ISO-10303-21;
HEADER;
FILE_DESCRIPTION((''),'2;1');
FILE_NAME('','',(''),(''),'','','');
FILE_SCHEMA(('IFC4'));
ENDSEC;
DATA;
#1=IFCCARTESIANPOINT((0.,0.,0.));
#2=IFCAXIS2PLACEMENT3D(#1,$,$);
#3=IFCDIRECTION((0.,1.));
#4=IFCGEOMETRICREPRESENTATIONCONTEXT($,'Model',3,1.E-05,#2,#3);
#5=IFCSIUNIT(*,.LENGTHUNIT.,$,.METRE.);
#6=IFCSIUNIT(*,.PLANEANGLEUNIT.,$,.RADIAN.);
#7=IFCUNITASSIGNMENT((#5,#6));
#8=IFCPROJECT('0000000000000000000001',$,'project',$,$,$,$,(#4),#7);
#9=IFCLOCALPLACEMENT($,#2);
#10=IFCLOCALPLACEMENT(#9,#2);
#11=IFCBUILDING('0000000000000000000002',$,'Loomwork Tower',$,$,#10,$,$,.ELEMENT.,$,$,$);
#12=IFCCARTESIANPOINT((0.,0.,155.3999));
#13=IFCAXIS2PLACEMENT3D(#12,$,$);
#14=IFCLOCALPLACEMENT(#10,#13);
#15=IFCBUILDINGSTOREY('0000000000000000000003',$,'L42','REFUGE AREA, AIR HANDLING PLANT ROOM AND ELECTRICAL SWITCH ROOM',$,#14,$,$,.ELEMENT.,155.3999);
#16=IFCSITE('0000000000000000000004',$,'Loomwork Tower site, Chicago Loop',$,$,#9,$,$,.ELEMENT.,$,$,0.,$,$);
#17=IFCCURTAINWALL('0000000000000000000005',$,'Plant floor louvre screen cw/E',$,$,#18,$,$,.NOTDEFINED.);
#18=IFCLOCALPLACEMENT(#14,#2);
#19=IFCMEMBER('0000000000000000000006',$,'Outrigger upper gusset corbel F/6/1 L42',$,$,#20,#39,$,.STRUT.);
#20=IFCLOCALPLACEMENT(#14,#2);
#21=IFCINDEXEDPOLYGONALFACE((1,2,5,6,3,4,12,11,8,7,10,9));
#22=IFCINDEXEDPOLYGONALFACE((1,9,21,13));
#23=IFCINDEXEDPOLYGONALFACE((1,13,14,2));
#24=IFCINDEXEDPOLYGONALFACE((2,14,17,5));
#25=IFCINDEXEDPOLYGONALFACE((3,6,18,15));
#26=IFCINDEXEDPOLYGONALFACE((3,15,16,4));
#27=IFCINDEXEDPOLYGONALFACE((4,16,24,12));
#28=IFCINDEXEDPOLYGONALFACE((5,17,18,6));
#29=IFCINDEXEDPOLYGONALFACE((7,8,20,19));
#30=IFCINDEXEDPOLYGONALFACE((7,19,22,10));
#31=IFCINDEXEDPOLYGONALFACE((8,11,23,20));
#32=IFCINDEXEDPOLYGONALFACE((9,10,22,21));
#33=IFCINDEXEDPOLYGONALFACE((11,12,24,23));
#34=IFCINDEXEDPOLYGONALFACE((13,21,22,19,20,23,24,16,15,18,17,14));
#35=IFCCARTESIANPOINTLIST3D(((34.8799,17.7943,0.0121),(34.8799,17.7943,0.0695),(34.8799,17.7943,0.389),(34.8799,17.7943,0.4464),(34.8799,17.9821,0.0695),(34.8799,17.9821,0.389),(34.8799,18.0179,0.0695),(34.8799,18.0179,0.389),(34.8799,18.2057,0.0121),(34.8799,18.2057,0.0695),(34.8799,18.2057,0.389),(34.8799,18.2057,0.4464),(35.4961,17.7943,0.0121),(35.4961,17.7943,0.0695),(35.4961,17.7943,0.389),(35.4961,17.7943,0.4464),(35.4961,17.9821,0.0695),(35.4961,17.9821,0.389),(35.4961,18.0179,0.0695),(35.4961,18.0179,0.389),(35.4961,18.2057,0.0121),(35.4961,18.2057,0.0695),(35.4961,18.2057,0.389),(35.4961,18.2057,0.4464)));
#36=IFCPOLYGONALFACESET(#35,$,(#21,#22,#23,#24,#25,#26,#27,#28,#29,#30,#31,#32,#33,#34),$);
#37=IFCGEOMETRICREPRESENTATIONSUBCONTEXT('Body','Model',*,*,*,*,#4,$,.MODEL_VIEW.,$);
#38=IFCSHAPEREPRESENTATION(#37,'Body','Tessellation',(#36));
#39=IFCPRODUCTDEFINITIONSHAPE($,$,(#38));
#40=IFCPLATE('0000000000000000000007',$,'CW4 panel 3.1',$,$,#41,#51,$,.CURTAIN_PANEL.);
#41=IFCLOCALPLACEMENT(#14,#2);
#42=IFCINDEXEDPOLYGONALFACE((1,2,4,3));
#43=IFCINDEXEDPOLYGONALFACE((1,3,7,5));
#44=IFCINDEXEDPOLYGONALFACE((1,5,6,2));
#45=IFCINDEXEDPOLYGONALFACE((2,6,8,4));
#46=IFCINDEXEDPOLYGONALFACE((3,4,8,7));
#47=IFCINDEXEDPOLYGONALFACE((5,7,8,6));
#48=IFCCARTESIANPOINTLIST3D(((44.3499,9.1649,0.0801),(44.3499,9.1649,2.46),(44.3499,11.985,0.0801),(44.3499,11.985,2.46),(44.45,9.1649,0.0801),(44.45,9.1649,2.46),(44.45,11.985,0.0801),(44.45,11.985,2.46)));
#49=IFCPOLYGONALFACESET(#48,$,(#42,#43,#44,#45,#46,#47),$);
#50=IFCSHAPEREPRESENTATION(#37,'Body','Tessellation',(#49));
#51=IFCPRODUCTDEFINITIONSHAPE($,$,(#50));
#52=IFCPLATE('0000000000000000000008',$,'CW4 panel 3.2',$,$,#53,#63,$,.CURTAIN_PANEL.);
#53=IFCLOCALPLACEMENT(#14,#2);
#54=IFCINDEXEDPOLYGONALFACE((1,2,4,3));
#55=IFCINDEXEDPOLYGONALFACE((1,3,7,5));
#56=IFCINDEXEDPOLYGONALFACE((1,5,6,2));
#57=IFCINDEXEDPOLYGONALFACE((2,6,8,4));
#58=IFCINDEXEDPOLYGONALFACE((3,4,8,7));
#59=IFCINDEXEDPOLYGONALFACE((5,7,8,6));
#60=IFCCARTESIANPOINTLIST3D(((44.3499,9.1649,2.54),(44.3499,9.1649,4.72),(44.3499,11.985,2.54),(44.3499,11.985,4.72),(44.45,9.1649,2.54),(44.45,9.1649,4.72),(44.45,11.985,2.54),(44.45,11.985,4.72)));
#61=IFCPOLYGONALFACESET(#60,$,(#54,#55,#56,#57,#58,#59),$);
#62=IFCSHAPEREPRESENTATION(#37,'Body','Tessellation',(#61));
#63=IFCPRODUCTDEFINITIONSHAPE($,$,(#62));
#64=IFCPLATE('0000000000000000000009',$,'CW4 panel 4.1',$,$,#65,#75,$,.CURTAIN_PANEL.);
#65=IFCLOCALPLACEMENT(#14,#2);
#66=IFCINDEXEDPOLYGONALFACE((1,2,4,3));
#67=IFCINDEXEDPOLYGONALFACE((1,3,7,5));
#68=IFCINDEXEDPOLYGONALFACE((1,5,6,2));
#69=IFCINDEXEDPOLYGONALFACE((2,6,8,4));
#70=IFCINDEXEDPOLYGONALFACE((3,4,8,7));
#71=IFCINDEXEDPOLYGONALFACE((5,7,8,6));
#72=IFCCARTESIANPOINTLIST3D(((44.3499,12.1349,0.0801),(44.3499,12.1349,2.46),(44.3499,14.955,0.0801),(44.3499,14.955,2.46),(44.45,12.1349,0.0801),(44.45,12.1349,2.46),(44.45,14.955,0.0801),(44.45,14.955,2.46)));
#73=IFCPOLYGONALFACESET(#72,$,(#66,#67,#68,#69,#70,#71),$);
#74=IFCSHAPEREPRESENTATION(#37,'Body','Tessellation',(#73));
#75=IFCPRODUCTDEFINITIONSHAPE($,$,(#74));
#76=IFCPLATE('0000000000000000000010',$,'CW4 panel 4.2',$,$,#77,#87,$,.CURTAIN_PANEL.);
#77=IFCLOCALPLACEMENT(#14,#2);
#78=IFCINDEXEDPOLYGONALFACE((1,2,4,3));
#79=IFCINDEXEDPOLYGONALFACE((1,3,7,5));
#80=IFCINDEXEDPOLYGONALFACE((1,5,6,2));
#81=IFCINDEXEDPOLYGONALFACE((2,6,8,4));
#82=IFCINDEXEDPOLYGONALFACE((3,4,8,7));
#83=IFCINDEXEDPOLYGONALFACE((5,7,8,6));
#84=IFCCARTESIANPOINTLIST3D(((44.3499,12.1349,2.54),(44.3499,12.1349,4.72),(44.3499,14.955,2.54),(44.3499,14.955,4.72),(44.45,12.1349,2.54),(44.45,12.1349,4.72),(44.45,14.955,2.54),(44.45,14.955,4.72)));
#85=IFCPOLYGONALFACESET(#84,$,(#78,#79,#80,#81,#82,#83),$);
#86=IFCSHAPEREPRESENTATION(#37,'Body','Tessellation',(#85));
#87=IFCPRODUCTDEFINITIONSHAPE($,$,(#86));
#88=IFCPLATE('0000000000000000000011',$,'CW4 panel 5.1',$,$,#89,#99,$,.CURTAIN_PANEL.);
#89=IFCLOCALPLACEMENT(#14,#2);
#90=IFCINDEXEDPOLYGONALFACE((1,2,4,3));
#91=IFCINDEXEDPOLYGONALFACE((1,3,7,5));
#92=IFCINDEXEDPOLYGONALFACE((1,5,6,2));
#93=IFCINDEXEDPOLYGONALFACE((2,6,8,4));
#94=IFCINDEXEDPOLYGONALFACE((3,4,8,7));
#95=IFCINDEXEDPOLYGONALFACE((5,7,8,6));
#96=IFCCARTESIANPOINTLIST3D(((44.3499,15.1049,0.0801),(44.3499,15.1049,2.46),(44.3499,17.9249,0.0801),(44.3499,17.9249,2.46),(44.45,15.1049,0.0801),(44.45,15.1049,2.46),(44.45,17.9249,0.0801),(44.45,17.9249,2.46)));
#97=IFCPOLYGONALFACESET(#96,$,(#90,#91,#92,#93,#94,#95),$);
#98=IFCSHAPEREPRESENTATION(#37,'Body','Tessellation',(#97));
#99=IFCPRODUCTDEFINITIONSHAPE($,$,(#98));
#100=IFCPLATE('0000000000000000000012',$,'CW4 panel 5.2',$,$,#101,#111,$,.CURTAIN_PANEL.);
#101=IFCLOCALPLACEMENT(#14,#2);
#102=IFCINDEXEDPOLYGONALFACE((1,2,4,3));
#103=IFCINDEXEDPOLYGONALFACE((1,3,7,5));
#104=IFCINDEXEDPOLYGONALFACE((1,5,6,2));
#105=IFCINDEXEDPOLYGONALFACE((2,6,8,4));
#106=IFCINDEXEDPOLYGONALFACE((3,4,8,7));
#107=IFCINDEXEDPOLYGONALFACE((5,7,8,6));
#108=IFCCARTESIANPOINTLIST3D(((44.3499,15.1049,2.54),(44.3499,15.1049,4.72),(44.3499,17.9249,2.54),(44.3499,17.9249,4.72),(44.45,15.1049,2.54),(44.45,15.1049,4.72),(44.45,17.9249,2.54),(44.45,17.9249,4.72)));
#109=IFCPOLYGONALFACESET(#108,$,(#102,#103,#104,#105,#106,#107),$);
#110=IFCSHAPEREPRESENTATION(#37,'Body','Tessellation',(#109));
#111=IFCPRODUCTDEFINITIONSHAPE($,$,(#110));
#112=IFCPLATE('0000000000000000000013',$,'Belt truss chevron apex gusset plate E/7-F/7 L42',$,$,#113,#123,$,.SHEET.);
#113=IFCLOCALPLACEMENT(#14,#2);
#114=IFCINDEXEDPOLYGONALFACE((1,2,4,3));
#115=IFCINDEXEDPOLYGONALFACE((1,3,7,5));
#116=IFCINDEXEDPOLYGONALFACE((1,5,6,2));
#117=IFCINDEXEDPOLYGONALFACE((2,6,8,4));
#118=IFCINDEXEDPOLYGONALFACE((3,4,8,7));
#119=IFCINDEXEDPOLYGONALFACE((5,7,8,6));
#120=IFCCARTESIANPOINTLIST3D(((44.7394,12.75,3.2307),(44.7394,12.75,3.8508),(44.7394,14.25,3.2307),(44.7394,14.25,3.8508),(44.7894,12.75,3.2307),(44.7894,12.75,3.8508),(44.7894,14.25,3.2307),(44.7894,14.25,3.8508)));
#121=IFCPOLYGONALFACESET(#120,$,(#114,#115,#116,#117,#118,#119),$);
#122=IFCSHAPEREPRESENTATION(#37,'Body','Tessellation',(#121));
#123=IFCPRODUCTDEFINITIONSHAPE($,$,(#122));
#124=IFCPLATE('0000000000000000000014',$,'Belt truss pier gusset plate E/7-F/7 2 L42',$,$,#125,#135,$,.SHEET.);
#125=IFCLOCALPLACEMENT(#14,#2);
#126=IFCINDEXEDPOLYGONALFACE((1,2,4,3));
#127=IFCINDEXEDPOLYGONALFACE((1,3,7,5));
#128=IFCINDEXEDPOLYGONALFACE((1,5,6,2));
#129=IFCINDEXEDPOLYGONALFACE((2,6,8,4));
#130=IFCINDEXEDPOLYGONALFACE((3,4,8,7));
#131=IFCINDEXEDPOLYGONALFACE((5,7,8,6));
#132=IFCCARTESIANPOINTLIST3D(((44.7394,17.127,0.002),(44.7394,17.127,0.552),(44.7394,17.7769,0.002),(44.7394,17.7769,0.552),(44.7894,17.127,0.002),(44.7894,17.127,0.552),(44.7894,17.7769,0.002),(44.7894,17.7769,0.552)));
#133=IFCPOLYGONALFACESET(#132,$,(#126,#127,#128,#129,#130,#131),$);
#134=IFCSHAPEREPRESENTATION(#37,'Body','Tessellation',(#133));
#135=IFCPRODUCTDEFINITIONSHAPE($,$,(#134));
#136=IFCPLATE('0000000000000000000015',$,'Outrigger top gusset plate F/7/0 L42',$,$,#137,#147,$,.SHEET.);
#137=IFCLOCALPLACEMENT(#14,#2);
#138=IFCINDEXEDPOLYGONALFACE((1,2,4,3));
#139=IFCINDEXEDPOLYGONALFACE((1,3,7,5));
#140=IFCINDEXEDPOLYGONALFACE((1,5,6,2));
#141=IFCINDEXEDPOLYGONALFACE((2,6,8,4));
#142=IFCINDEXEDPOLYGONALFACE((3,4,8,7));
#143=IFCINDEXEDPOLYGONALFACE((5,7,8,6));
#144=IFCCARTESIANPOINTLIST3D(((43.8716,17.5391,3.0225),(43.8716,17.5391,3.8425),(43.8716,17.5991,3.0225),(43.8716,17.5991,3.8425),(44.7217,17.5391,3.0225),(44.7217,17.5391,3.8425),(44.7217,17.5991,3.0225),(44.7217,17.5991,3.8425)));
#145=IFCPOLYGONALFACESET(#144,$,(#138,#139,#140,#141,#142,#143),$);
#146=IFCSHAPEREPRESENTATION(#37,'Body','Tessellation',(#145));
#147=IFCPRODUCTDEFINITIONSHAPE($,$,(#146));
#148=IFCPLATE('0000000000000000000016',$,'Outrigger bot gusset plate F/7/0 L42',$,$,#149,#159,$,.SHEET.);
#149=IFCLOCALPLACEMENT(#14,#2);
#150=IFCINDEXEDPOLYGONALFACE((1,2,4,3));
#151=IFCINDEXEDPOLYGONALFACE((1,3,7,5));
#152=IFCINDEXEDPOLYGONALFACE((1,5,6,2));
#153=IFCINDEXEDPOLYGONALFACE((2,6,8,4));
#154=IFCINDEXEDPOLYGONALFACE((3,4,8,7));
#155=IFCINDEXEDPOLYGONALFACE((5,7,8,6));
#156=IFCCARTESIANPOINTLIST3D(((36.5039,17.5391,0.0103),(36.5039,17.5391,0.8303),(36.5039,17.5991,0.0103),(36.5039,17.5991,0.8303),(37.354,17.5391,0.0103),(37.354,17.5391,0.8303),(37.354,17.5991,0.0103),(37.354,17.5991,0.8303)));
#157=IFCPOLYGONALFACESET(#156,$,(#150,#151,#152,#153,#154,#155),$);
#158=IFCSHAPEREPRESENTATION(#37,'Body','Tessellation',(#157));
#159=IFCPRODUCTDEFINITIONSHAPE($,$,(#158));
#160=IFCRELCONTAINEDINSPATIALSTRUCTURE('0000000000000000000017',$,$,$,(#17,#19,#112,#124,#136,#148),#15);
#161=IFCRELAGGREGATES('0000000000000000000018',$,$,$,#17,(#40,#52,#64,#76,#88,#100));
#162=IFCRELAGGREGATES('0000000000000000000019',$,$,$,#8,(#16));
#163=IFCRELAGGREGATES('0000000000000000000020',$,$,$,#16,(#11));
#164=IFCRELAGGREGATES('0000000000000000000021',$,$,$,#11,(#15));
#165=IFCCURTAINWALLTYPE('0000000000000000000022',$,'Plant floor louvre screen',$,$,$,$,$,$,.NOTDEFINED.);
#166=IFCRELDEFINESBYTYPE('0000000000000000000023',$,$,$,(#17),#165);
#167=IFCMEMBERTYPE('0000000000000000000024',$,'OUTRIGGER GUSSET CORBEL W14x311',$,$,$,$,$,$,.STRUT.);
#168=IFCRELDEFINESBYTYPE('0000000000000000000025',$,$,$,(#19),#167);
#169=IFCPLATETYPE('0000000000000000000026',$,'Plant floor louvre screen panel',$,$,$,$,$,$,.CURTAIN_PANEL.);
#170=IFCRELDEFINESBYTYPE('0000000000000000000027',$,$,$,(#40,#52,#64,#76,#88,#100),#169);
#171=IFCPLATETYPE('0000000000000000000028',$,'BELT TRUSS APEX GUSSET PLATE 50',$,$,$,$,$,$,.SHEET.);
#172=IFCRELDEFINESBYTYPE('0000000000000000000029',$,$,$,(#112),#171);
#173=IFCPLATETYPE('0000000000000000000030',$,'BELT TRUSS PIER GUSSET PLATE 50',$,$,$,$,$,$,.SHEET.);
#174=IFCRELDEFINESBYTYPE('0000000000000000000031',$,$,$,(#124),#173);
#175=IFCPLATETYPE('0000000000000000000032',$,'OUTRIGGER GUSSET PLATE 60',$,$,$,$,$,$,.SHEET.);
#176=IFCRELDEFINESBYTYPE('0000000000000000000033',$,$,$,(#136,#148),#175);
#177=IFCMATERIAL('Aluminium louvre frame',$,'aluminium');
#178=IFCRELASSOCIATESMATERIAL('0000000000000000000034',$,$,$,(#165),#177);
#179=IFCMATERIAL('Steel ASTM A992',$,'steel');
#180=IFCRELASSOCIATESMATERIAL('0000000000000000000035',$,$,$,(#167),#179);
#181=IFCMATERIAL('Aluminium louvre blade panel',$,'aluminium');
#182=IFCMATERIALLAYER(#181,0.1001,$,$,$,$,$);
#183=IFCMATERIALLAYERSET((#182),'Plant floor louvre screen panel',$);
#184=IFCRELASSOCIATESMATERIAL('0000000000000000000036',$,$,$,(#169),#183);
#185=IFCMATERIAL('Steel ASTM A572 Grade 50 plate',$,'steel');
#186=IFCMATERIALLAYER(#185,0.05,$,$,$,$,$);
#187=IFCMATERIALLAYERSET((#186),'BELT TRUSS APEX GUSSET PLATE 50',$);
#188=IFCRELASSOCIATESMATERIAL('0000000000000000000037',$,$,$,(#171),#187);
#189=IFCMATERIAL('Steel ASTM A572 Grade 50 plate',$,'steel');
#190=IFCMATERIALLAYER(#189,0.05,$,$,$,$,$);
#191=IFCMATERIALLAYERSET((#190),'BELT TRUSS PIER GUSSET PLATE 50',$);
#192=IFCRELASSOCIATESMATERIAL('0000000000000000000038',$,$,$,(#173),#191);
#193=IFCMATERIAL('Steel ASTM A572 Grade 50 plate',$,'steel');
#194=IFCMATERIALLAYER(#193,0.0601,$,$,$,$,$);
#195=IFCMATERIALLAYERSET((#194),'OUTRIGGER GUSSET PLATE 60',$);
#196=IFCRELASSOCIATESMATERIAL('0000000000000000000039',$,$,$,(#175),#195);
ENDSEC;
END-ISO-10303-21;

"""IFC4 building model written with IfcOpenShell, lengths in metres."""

from ifc_helpers import new_model, si_unit, direction, frame, origin, origin_2d, place, context, subcontext, project, spatial, rectangle, i_section, extrude, material, layer, layer_set, material_profile, profile_set, type_object, element, aggregate, save


model = new_model("IFC4")

# Units and contexts
model_context = context("Model", 3, precision=1e-05, world=origin(), true_north=direction((0.0, 1.0)))
body_context = subcontext(model_context, "Body", "Model", "MODEL_VIEW")
ifc_project = project(units=[si_unit("LENGTHUNIT", "METRE"), si_unit("PLANEANGLEUNIT", "RADIAN")], contexts=[model_context])

# Site, building, storey
site_placement = place(None, origin())
site = spatial("IfcSite", under=ifc_project, at=site_placement, Name="Loomwork Tower site, Chicago Loop", CompositionType="ELEMENT", RefElevation=0.0)
building_placement = place(site_placement, origin())
building = spatial("IfcBuilding", under=site, at=building_placement, Name="Loomwork Tower", CompositionType="ELEMENT")
storey_placement = place(building_placement, frame((0.0, 0.0, 155.3999)))
storey = spatial("IfcBuildingStorey", under=building, at=storey_placement, Name="L42", Description="REFUGE AREA, AIR HANDLING PLANT ROOM AND ELECTRICAL SWITCH ROOM", CompositionType="ELEMENT", Elevation=155.3999)

# Curtain wall
ifc_material_1 = material(Name="Aluminium louvre frame", Category="aluminium")
curtain_wall_type = type_object("IfcCurtainWallType", Name="Plant floor louvre screen", PredefinedType="NOTDEFINED", material=ifc_material_1)
curtain_wall_placement = place(storey_placement, origin())
curtain_wall = element("IfcCurtainWall", 1, at=curtain_wall_placement, inside=storey, type_object=curtain_wall_type, Name="Plant floor louvre screen cw/E", PredefinedType="NOTDEFINED")

# Member
ifc_material_2 = material(Name="Steel ASTM A992", Category="steel")
ifc_material_profile_1 = material_profile(ifc_material_2, i_section(OverallWidth=0.4114, OverallDepth=0.4343, WebThickness=0.0359, FlangeThickness=0.0574, at=origin_2d()), Name="W14x311")
ifc_profile_set_1 = profile_set([ifc_material_profile_1], Name="Steel ASTM A992")
member_type_1 = type_object("IfcMemberType", Name="OUTRIGGER GUSSET CORBEL W14x311", PredefinedType="STRUT", material=ifc_profile_set_1)
member_1_placement = place(storey_placement, frame((35.4961, 18.0, 0.2292), z_axis=(-1.0, 0.0, 0.0), x_axis=(0.0, -1.0, 0.0)))
element("IfcMember", 2, at=member_1_placement, inside=storey, type_object=member_type_1, Name="Outrigger upper gusset corbel F/6/1 L42", PredefinedType="STRUT", context=body_context, shape_type="SweptSolid", body=[
    extrude(i_section(OverallWidth=0.4114, OverallDepth=0.4343, WebThickness=0.0359, FlangeThickness=0.0574, at=origin_2d()), origin(), (0.0, 0.0, 1.0), 0.6162),
])

# Plates
ifc_material_3 = material(Name="Aluminium louvre blade panel", Category="aluminium")
ifc_layer_1 = layer(ifc_material_3, 0.1001)
ifc_layer_set_1 = layer_set([ifc_layer_1], Name="Plant floor louvre screen panel")
plate_type_1 = type_object("IfcPlateType", Name="Plant floor louvre screen panel", PredefinedType="CURTAIN_PANEL", material=ifc_layer_set_1)
plate_1_placement = place(storey_placement, frame((44.3999, 10.575, 0.0801), z_axis=(0.0, 0.0, 1.0), x_axis=(0.0, 1.0, 0.0)))
plate_1 = element("IfcPlate", 3, at=plate_1_placement, type_object=plate_type_1, Name="CW4 panel 3.1", PredefinedType="CURTAIN_PANEL", context=body_context, shape_type="SweptSolid", body=[
    extrude(rectangle(XDim=2.8201, YDim=0.1001, at=origin_2d()), origin(), (0.0, 0.0, 1.0), 2.3799),
])
plate_2_placement = place(storey_placement, frame((44.3999, 10.575, 2.54), z_axis=(0.0, 0.0, 1.0), x_axis=(0.0, 1.0, 0.0)))
plate_2 = element("IfcPlate", 4, at=plate_2_placement, type_object=plate_type_1, Name="CW4 panel 3.2", PredefinedType="CURTAIN_PANEL", context=body_context, shape_type="SweptSolid", body=[
    extrude(rectangle(XDim=2.8201, YDim=0.1001, at=origin_2d()), origin(), (0.0, 0.0, 1.0), 2.1799),
])
plate_3_placement = place(storey_placement, frame((44.3999, 13.5449, 0.0801), z_axis=(0.0, 0.0, 1.0), x_axis=(0.0, 1.0, 0.0)))
plate_3 = element("IfcPlate", 5, at=plate_3_placement, type_object=plate_type_1, Name="CW4 panel 4.1", PredefinedType="CURTAIN_PANEL", context=body_context, shape_type="SweptSolid", body=[
    extrude(rectangle(XDim=2.8201, YDim=0.1001, at=origin_2d()), origin(), (0.0, 0.0, 1.0), 2.3799),
])
plate_4_placement = place(storey_placement, frame((44.3999, 13.5449, 2.54), z_axis=(0.0, 0.0, 1.0), x_axis=(0.0, 1.0, 0.0)))
plate_4 = element("IfcPlate", 6, at=plate_4_placement, type_object=plate_type_1, Name="CW4 panel 4.2", PredefinedType="CURTAIN_PANEL", context=body_context, shape_type="SweptSolid", body=[
    extrude(rectangle(XDim=2.8201, YDim=0.1001, at=origin_2d()), origin(), (0.0, 0.0, 1.0), 2.1799),
])
plate_5_placement = place(storey_placement, frame((44.3999, 16.5149, 0.0801), z_axis=(0.0, 0.0, 1.0), x_axis=(0.0, 1.0, 0.0)))
plate_5 = element("IfcPlate", 7, at=plate_5_placement, type_object=plate_type_1, Name="CW4 panel 5.1", PredefinedType="CURTAIN_PANEL", context=body_context, shape_type="SweptSolid", body=[
    extrude(rectangle(XDim=2.8201, YDim=0.1001, at=origin_2d()), origin(), (0.0, 0.0, 1.0), 2.3799),
])
plate_6_placement = place(storey_placement, frame((44.3999, 16.5149, 2.54), z_axis=(0.0, 0.0, 1.0), x_axis=(0.0, 1.0, 0.0)))
plate_6 = element("IfcPlate", 8, at=plate_6_placement, type_object=plate_type_1, Name="CW4 panel 5.2", PredefinedType="CURTAIN_PANEL", context=body_context, shape_type="SweptSolid", body=[
    extrude(rectangle(XDim=2.8201, YDim=0.1001, at=origin_2d()), origin(), (0.0, 0.0, 1.0), 2.1799),
])
aggregate(curtain_wall, [plate_1, plate_2, plate_3, plate_4, plate_5, plate_6])

# Plates
ifc_material_4 = material(Name="Steel ASTM A572 Grade 50 plate", Category="steel")
ifc_layer_2 = layer(ifc_material_4, 0.05)
ifc_layer_set_2 = layer_set([ifc_layer_2], Name="BELT TRUSS APEX GUSSET PLATE 50")
plate_type_2 = type_object("IfcPlateType", Name="BELT TRUSS APEX GUSSET PLATE 50", PredefinedType="SHEET", material=ifc_layer_set_2)
plate_7_placement = place(storey_placement, frame((44.7644, 13.5, 3.2307), z_axis=(0.0, 0.0, 1.0), x_axis=(0.0, 1.0, 0.0)))
element("IfcPlate", 9, at=plate_7_placement, inside=storey, type_object=plate_type_2, Name="Belt truss chevron apex gusset plate E/7-F/7 L42", PredefinedType="SHEET", context=body_context, shape_type="SweptSolid", body=[
    extrude(rectangle(XDim=1.5, YDim=0.05, at=origin_2d()), origin(), (0.0, 0.0, 1.0), 0.6201),
])
ifc_material_5 = material(Name="Steel ASTM A572 Grade 50 plate", Category="steel")
ifc_layer_3 = layer(ifc_material_5, 0.05)
ifc_layer_set_3 = layer_set([ifc_layer_3], Name="BELT TRUSS PIER GUSSET PLATE 50")
plate_type_3 = type_object("IfcPlateType", Name="BELT TRUSS PIER GUSSET PLATE 50", PredefinedType="SHEET", material=ifc_layer_set_3)
plate_8_placement = place(storey_placement, frame((44.7644, 17.4519, 0.002), z_axis=(0.0, 0.0, 1.0), x_axis=(0.0, 1.0, 0.0)))
element("IfcPlate", 10, at=plate_8_placement, inside=storey, type_object=plate_type_3, Name="Belt truss pier gusset plate E/7-F/7 2 L42", PredefinedType="SHEET", context=body_context, shape_type="SweptSolid", body=[
    extrude(rectangle(XDim=0.6499, YDim=0.05, at=origin_2d()), origin(), (0.0, 0.0, 1.0), 0.55),
])
ifc_material_6 = material(Name="Steel ASTM A572 Grade 50 plate", Category="steel")
ifc_layer_4 = layer(ifc_material_6, 0.0601)
ifc_layer_set_4 = layer_set([ifc_layer_4], Name="OUTRIGGER GUSSET PLATE 60")
plate_type_4 = type_object("IfcPlateType", Name="OUTRIGGER GUSSET PLATE 60", PredefinedType="SHEET", material=ifc_layer_set_4)
for number, where, z_axis, x_axis, name in (
    (11, (44.2966, 17.5691, 3.0225), (0.0, 0.0, 1.0), (1.0, 0.0, 0.0), "Outrigger top gusset plate F/7/0 L42"),
    (12, (36.929, 17.5691, 0.0103), (0.0, 0.0, 1.0), (1.0, 0.0, 0.0), "Outrigger bot gusset plate F/7/0 L42"),
):
    element("IfcPlate", number, at=place(storey_placement, frame(where, z_axis=z_axis, x_axis=x_axis)), inside=storey, type_object=plate_type_4, Name=name, PredefinedType="SHEET", context=body_context, shape_type="SweptSolid", body=[
        extrude(rectangle(XDim=0.8501, YDim=0.0601, at=origin_2d()), origin(), (0.0, 0.0, 1.0), 0.8201),
    ])

save(model, "model.ifc")
